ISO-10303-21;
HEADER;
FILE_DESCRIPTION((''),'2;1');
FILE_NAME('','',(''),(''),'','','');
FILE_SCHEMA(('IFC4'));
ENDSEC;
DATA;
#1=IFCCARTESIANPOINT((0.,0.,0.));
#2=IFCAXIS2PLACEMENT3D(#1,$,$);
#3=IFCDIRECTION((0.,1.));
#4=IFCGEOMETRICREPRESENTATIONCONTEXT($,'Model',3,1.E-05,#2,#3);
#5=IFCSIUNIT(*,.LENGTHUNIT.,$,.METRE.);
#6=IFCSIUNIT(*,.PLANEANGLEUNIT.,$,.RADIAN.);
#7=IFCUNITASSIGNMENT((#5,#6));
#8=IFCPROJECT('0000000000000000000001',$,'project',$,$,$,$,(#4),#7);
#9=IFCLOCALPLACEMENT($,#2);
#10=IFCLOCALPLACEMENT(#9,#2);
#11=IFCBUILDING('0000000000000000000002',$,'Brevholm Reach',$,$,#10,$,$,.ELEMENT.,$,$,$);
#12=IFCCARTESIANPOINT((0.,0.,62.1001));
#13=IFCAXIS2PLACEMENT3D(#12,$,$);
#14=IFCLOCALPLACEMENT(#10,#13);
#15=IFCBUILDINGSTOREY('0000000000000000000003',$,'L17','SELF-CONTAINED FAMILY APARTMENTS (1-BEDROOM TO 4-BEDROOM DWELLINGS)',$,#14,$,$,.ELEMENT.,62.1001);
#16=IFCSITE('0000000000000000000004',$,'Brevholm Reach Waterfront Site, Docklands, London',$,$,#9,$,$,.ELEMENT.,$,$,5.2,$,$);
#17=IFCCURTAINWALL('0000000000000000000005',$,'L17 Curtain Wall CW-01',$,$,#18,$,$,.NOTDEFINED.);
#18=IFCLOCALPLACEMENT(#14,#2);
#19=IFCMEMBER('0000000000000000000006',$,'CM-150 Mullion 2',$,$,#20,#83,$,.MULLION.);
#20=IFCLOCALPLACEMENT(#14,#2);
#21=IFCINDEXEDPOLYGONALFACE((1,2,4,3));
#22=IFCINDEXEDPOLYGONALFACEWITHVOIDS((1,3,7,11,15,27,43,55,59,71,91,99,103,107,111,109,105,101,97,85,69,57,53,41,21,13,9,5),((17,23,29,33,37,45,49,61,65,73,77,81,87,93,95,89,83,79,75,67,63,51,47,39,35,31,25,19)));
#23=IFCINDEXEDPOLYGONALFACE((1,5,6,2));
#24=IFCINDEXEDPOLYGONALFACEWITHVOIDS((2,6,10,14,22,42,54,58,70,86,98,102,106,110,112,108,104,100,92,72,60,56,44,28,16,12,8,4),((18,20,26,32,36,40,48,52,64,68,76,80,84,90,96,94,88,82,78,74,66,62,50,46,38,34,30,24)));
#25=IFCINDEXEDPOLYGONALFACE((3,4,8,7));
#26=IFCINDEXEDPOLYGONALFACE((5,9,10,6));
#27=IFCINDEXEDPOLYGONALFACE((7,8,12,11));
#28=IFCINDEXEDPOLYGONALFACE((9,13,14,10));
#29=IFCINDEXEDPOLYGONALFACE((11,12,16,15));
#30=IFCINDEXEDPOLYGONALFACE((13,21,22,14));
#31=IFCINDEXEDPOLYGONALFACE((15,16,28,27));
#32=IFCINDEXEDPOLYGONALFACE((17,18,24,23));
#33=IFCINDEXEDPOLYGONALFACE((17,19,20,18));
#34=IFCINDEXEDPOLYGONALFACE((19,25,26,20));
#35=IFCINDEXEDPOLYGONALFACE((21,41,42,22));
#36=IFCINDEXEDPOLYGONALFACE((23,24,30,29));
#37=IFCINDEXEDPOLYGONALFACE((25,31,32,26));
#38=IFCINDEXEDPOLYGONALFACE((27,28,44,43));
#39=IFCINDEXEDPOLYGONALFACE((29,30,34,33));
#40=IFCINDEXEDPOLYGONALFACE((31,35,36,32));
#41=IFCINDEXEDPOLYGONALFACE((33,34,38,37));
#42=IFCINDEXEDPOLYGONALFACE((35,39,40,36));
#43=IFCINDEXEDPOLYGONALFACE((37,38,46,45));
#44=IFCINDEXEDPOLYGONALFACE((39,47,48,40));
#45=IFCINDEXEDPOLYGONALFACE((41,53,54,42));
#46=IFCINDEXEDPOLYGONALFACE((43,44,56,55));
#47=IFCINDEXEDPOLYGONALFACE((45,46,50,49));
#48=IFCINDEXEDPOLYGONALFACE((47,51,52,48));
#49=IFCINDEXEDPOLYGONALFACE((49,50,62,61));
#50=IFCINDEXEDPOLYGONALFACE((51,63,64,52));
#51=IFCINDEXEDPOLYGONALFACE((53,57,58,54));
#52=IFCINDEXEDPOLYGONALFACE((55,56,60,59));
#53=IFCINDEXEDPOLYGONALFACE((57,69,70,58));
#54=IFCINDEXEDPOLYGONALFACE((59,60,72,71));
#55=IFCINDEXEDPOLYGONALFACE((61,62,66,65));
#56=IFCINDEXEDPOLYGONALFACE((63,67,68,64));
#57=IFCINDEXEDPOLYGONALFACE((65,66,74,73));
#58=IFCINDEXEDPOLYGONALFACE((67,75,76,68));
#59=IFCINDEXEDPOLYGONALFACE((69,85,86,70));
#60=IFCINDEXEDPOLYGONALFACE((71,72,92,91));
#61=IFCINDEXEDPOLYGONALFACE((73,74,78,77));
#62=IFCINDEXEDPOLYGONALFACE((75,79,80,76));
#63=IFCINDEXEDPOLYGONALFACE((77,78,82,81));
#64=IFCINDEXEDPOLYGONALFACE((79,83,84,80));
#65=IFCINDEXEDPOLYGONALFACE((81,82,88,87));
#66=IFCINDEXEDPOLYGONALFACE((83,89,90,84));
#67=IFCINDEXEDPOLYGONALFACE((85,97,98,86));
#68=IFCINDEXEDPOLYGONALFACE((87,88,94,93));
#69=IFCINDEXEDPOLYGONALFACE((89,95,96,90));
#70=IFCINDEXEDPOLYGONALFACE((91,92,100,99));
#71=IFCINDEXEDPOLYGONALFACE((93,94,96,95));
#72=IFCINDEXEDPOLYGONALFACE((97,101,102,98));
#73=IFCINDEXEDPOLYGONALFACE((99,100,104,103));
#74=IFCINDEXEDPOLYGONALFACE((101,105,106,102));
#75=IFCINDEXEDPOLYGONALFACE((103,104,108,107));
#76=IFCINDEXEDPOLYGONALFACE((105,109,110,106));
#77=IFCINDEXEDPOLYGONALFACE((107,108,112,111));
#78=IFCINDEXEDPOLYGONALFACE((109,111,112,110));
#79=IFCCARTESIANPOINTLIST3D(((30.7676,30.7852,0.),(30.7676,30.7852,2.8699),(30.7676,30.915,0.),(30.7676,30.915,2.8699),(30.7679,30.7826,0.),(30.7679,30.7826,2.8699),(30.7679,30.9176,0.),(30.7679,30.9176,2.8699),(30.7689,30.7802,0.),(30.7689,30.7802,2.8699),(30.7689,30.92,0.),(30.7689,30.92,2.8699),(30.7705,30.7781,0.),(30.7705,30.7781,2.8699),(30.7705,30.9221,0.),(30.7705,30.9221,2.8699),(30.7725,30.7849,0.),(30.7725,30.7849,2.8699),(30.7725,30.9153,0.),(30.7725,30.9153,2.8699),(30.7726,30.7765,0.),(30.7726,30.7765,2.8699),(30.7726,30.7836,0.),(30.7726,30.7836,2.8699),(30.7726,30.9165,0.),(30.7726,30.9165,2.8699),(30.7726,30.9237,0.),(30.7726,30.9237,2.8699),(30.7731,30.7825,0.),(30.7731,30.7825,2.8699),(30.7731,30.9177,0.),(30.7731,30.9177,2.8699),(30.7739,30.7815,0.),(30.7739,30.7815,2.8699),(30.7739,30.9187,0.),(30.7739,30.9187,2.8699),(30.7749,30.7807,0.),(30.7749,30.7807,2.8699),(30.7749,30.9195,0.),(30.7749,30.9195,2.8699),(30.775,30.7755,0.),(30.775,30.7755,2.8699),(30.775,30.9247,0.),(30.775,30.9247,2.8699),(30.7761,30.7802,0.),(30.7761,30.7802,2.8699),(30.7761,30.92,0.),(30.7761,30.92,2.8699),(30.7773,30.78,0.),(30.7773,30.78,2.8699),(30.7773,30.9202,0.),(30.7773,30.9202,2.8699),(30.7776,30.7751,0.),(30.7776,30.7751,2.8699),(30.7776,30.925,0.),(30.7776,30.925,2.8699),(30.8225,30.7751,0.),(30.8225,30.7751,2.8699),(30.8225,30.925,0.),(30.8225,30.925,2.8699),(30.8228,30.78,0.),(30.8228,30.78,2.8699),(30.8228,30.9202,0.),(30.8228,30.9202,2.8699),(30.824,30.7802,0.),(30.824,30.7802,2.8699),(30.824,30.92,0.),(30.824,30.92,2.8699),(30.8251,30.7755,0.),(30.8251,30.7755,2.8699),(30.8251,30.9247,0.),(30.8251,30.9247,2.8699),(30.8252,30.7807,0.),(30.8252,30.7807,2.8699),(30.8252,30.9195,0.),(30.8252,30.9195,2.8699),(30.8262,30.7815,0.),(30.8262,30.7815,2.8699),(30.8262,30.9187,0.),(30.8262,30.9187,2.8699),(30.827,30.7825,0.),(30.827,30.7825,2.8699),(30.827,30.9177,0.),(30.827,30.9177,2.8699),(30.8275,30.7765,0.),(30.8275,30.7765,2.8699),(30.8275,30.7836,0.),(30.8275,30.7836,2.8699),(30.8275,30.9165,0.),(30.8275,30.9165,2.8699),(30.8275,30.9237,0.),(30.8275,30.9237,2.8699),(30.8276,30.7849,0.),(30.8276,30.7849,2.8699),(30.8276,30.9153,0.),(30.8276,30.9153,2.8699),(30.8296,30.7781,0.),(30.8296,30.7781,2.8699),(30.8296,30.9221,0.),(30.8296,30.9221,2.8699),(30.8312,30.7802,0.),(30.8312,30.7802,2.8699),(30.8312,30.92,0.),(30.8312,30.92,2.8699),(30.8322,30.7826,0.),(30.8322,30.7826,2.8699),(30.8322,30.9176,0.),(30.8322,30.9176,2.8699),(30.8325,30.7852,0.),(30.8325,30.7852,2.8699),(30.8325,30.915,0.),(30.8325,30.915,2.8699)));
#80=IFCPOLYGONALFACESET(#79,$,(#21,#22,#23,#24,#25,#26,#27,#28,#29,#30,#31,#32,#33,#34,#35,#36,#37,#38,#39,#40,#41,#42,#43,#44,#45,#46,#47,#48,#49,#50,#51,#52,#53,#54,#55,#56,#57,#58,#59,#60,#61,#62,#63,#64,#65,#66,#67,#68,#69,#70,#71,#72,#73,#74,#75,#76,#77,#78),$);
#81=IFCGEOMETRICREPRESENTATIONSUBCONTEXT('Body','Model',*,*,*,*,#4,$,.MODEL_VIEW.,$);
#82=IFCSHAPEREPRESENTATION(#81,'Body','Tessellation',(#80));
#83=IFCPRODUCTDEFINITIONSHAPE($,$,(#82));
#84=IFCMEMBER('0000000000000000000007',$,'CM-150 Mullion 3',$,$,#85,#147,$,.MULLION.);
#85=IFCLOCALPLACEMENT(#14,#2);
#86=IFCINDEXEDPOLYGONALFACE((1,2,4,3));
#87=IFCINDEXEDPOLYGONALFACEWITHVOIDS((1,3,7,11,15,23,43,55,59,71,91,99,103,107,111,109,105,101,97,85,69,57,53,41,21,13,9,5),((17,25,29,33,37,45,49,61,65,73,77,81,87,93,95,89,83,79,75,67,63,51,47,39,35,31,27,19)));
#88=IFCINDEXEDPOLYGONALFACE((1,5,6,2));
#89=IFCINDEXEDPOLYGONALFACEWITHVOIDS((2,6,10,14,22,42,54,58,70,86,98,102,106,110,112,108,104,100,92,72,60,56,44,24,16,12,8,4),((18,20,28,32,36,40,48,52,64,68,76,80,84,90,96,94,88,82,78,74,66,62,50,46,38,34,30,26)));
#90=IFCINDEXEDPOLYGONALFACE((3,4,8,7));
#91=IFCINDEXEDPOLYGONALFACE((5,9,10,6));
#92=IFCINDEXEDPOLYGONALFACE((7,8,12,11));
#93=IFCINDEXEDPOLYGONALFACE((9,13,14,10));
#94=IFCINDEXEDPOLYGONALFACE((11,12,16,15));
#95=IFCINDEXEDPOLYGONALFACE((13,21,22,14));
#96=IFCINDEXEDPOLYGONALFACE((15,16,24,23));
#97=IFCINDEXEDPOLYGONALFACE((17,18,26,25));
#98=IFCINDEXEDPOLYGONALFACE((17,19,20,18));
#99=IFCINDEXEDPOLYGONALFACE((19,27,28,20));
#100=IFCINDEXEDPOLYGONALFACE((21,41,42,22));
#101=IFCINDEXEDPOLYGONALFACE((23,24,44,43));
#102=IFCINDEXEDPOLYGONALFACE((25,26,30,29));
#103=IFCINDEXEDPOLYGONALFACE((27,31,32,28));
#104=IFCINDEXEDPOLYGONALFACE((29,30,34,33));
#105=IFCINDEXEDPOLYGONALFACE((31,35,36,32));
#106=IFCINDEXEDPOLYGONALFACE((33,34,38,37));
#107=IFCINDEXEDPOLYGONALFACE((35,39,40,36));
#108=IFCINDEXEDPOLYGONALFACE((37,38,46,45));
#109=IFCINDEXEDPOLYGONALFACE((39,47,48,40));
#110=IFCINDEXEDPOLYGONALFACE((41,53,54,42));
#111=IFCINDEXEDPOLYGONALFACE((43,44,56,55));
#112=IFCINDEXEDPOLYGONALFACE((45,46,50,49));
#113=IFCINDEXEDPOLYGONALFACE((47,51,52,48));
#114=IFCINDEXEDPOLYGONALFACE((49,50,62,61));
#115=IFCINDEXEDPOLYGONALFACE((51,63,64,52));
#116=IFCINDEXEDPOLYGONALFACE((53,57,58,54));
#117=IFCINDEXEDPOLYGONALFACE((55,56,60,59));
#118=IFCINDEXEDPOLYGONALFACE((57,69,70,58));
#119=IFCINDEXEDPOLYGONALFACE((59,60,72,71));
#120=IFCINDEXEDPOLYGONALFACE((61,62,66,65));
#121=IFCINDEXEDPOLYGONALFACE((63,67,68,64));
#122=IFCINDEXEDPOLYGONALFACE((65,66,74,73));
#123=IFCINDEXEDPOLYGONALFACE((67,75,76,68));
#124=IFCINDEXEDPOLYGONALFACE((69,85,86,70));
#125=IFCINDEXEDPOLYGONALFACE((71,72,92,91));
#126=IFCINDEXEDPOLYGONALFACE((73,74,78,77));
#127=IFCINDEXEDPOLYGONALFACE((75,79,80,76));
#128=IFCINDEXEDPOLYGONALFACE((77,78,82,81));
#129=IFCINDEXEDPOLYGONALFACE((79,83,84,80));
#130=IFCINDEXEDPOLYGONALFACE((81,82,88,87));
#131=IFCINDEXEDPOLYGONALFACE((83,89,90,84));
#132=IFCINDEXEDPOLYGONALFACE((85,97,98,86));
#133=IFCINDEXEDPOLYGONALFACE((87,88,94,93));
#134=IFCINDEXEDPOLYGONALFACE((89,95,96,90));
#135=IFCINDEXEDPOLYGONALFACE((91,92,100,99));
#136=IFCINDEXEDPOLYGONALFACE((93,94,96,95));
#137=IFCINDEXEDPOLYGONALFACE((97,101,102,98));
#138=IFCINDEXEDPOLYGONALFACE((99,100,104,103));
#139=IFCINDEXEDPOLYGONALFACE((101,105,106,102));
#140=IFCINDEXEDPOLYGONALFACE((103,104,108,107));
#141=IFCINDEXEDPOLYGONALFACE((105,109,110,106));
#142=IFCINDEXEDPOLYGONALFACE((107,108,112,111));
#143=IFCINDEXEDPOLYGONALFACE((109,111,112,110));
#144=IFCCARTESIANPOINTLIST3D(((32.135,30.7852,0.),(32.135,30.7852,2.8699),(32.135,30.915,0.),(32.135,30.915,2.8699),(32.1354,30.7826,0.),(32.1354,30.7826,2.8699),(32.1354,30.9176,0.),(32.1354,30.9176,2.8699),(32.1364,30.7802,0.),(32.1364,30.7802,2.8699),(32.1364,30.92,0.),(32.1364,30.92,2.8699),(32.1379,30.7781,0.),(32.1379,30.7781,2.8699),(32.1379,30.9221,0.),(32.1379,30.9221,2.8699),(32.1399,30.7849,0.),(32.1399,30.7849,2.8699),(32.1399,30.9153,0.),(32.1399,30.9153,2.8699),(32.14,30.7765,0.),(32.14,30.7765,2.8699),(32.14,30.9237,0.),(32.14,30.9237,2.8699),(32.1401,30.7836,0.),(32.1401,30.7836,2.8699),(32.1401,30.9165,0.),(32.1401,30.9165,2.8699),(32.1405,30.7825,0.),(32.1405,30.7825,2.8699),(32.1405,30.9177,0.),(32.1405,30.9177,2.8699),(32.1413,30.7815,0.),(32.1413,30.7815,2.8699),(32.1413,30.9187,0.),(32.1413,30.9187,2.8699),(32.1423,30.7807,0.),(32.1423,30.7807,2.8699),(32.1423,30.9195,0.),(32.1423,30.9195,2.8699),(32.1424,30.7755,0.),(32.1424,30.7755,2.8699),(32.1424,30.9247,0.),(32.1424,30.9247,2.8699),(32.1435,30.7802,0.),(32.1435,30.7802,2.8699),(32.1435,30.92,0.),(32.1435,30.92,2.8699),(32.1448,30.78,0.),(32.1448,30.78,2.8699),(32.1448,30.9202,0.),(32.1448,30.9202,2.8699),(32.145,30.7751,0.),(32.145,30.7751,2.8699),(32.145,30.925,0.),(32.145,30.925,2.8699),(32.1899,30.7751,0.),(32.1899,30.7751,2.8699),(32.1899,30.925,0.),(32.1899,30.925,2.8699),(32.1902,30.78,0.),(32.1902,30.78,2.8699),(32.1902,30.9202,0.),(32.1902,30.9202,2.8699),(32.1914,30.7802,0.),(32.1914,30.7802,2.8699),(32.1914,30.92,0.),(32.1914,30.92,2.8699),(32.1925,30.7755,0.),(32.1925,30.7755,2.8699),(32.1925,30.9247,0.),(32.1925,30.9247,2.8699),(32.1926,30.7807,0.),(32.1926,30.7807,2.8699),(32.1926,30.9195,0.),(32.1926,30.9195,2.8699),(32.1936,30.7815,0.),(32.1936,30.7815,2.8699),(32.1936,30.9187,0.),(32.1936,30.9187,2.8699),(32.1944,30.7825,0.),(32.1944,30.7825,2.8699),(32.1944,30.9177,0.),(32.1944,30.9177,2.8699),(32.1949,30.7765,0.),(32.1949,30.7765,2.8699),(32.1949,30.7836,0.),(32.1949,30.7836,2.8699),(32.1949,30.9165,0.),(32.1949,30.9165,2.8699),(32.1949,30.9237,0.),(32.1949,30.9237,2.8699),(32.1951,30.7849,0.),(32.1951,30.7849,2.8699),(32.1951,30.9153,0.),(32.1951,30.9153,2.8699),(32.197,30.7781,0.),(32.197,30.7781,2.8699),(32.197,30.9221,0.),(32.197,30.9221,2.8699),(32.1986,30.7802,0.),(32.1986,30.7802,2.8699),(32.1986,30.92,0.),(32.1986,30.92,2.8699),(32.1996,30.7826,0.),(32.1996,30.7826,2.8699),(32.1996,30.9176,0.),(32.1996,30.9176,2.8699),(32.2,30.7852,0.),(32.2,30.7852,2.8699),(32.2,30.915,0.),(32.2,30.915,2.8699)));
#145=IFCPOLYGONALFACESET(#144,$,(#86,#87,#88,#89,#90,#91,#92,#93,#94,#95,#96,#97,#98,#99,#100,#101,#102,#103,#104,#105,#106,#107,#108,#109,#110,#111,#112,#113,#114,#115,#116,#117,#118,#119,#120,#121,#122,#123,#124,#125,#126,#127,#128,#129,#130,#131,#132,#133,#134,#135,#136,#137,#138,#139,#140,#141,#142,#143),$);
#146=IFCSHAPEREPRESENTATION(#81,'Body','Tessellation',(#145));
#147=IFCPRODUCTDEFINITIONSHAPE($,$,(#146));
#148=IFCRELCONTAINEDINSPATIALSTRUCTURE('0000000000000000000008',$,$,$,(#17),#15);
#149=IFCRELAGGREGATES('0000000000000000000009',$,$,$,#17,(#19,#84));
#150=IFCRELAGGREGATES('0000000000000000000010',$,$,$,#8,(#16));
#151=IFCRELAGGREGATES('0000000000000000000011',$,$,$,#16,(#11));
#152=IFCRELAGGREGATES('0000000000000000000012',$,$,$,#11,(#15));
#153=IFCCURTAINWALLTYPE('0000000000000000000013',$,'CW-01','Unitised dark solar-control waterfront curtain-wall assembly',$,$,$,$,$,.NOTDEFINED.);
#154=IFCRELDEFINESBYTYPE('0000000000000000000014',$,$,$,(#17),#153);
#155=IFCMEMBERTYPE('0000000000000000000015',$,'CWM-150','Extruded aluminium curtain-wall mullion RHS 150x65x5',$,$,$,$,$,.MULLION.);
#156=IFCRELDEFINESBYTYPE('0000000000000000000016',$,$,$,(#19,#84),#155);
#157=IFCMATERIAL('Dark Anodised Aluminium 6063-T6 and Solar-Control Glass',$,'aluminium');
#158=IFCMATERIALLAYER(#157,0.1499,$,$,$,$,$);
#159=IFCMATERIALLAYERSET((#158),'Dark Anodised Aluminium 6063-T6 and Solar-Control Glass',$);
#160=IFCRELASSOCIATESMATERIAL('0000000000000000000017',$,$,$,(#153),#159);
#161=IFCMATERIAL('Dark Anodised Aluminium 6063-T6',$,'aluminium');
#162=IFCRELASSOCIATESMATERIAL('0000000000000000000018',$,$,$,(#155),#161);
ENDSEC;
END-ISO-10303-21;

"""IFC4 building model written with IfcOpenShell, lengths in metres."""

from ifc_helpers import new_model, si_unit, direction, frame, origin, origin_2d, place, context, subcontext, project, spatial, hollow_rectangle, extrude, material, layer, layer_set, material_profile, profile_set, type_object, element, aggregate, save


model = new_model("IFC4")

# Units and contexts
model_context = context("Model", 3, precision=1e-05, world=origin(), true_north=direction((0.0, 1.0)))
body_context = subcontext(model_context, "Body", "Model", "MODEL_VIEW")
ifc_project = project(units=[si_unit("LENGTHUNIT", "METRE"), si_unit("PLANEANGLEUNIT", "RADIAN")], contexts=[model_context])

# Site, building, storey
site_placement = place(None, origin())
site = spatial("IfcSite", under=ifc_project, at=site_placement, Name="Brevholm Reach Waterfront Site, Docklands, London", CompositionType="ELEMENT", RefElevation=5.2)
building_placement = place(site_placement, origin())
building = spatial("IfcBuilding", under=site, at=building_placement, Name="Brevholm Reach", CompositionType="ELEMENT")
storey_placement = place(building_placement, frame((0.0, 0.0, 62.1001)))
storey = spatial("IfcBuildingStorey", under=building, at=storey_placement, Name="L17", Description="SELF-CONTAINED FAMILY APARTMENTS (1-BEDROOM TO 4-BEDROOM DWELLINGS)", CompositionType="ELEMENT", Elevation=62.1001)

# Curtain wall, members
ifc_material_1 = material(Name="Dark Anodised Aluminium 6063-T6 and Solar-Control Glass", Category="aluminium")
ifc_layer_1 = layer(ifc_material_1, 0.1499)
ifc_layer_set_1 = layer_set([ifc_layer_1], Name="Dark Anodised Aluminium 6063-T6 and Solar-Control Glass")
curtain_wall_type_1 = type_object("IfcCurtainWallType", Name="CW-01", Description="Unitised dark solar-control waterfront curtain-wall assembly", PredefinedType="NOTDEFINED", material=ifc_layer_set_1)
curtain_wall_1_placement = place(storey_placement, origin())
curtain_wall_1 = element("IfcCurtainWall", 1, at=curtain_wall_1_placement, inside=storey, type_object=curtain_wall_type_1, Name="L17 Curtain Wall CW-01", PredefinedType="NOTDEFINED")
ifc_material_2 = material(Name="Dark Anodised Aluminium 6063-T6", Category="aluminium")
ifc_material_profile_1 = material_profile(ifc_material_2, hollow_rectangle(XDim=0.0649, YDim=0.1499, WallThickness=0.0049, InnerFilletRadius=0.0049, OuterFilletRadius=0.01, at=origin_2d()), Name="RHS 150x65x5")
ifc_profile_set_1 = profile_set([ifc_material_profile_1], Name="Dark Anodised Aluminium 6063-T6")
member_type_1 = type_object("IfcMemberType", Name="CWM-150", Description="Extruded aluminium curtain-wall mullion RHS 150x65x5", PredefinedType="MULLION", material=ifc_profile_set_1)
member_1_placement = place(storey_placement, frame((30.8, 30.8501, 0.0), z_axis=(0.0, 0.0, 1.0), x_axis=(1.0, 0.0, 0.0)))
member_1 = element("IfcMember", 2, at=member_1_placement, type_object=member_type_1, Name="CM-150 Mullion 2", PredefinedType="MULLION", context=body_context, shape_type="SweptSolid", body=[
    extrude(hollow_rectangle(XDim=0.0649, YDim=0.1499, WallThickness=0.0049, InnerFilletRadius=0.0049, OuterFilletRadius=0.01, at=origin_2d()), origin(), (0.0, 0.0, 1.0), 2.8699),
])
member_2_placement = place(storey_placement, frame((32.1675, 30.8501, 0.0), z_axis=(0.0, 0.0, 1.0), x_axis=(1.0, 0.0, 0.0)))
member_2 = element("IfcMember", 3, at=member_2_placement, type_object=member_type_1, Name="CM-150 Mullion 3", PredefinedType="MULLION", context=body_context, shape_type="SweptSolid", body=[
    extrude(hollow_rectangle(XDim=0.0649, YDim=0.1499, WallThickness=0.0049, InnerFilletRadius=0.0049, OuterFilletRadius=0.01, at=origin_2d()), origin(), (0.0, 0.0, 1.0), 2.8699),
])

aggregate(curtain_wall_1, [member_1, member_2])

save(model, "model.ifc")
